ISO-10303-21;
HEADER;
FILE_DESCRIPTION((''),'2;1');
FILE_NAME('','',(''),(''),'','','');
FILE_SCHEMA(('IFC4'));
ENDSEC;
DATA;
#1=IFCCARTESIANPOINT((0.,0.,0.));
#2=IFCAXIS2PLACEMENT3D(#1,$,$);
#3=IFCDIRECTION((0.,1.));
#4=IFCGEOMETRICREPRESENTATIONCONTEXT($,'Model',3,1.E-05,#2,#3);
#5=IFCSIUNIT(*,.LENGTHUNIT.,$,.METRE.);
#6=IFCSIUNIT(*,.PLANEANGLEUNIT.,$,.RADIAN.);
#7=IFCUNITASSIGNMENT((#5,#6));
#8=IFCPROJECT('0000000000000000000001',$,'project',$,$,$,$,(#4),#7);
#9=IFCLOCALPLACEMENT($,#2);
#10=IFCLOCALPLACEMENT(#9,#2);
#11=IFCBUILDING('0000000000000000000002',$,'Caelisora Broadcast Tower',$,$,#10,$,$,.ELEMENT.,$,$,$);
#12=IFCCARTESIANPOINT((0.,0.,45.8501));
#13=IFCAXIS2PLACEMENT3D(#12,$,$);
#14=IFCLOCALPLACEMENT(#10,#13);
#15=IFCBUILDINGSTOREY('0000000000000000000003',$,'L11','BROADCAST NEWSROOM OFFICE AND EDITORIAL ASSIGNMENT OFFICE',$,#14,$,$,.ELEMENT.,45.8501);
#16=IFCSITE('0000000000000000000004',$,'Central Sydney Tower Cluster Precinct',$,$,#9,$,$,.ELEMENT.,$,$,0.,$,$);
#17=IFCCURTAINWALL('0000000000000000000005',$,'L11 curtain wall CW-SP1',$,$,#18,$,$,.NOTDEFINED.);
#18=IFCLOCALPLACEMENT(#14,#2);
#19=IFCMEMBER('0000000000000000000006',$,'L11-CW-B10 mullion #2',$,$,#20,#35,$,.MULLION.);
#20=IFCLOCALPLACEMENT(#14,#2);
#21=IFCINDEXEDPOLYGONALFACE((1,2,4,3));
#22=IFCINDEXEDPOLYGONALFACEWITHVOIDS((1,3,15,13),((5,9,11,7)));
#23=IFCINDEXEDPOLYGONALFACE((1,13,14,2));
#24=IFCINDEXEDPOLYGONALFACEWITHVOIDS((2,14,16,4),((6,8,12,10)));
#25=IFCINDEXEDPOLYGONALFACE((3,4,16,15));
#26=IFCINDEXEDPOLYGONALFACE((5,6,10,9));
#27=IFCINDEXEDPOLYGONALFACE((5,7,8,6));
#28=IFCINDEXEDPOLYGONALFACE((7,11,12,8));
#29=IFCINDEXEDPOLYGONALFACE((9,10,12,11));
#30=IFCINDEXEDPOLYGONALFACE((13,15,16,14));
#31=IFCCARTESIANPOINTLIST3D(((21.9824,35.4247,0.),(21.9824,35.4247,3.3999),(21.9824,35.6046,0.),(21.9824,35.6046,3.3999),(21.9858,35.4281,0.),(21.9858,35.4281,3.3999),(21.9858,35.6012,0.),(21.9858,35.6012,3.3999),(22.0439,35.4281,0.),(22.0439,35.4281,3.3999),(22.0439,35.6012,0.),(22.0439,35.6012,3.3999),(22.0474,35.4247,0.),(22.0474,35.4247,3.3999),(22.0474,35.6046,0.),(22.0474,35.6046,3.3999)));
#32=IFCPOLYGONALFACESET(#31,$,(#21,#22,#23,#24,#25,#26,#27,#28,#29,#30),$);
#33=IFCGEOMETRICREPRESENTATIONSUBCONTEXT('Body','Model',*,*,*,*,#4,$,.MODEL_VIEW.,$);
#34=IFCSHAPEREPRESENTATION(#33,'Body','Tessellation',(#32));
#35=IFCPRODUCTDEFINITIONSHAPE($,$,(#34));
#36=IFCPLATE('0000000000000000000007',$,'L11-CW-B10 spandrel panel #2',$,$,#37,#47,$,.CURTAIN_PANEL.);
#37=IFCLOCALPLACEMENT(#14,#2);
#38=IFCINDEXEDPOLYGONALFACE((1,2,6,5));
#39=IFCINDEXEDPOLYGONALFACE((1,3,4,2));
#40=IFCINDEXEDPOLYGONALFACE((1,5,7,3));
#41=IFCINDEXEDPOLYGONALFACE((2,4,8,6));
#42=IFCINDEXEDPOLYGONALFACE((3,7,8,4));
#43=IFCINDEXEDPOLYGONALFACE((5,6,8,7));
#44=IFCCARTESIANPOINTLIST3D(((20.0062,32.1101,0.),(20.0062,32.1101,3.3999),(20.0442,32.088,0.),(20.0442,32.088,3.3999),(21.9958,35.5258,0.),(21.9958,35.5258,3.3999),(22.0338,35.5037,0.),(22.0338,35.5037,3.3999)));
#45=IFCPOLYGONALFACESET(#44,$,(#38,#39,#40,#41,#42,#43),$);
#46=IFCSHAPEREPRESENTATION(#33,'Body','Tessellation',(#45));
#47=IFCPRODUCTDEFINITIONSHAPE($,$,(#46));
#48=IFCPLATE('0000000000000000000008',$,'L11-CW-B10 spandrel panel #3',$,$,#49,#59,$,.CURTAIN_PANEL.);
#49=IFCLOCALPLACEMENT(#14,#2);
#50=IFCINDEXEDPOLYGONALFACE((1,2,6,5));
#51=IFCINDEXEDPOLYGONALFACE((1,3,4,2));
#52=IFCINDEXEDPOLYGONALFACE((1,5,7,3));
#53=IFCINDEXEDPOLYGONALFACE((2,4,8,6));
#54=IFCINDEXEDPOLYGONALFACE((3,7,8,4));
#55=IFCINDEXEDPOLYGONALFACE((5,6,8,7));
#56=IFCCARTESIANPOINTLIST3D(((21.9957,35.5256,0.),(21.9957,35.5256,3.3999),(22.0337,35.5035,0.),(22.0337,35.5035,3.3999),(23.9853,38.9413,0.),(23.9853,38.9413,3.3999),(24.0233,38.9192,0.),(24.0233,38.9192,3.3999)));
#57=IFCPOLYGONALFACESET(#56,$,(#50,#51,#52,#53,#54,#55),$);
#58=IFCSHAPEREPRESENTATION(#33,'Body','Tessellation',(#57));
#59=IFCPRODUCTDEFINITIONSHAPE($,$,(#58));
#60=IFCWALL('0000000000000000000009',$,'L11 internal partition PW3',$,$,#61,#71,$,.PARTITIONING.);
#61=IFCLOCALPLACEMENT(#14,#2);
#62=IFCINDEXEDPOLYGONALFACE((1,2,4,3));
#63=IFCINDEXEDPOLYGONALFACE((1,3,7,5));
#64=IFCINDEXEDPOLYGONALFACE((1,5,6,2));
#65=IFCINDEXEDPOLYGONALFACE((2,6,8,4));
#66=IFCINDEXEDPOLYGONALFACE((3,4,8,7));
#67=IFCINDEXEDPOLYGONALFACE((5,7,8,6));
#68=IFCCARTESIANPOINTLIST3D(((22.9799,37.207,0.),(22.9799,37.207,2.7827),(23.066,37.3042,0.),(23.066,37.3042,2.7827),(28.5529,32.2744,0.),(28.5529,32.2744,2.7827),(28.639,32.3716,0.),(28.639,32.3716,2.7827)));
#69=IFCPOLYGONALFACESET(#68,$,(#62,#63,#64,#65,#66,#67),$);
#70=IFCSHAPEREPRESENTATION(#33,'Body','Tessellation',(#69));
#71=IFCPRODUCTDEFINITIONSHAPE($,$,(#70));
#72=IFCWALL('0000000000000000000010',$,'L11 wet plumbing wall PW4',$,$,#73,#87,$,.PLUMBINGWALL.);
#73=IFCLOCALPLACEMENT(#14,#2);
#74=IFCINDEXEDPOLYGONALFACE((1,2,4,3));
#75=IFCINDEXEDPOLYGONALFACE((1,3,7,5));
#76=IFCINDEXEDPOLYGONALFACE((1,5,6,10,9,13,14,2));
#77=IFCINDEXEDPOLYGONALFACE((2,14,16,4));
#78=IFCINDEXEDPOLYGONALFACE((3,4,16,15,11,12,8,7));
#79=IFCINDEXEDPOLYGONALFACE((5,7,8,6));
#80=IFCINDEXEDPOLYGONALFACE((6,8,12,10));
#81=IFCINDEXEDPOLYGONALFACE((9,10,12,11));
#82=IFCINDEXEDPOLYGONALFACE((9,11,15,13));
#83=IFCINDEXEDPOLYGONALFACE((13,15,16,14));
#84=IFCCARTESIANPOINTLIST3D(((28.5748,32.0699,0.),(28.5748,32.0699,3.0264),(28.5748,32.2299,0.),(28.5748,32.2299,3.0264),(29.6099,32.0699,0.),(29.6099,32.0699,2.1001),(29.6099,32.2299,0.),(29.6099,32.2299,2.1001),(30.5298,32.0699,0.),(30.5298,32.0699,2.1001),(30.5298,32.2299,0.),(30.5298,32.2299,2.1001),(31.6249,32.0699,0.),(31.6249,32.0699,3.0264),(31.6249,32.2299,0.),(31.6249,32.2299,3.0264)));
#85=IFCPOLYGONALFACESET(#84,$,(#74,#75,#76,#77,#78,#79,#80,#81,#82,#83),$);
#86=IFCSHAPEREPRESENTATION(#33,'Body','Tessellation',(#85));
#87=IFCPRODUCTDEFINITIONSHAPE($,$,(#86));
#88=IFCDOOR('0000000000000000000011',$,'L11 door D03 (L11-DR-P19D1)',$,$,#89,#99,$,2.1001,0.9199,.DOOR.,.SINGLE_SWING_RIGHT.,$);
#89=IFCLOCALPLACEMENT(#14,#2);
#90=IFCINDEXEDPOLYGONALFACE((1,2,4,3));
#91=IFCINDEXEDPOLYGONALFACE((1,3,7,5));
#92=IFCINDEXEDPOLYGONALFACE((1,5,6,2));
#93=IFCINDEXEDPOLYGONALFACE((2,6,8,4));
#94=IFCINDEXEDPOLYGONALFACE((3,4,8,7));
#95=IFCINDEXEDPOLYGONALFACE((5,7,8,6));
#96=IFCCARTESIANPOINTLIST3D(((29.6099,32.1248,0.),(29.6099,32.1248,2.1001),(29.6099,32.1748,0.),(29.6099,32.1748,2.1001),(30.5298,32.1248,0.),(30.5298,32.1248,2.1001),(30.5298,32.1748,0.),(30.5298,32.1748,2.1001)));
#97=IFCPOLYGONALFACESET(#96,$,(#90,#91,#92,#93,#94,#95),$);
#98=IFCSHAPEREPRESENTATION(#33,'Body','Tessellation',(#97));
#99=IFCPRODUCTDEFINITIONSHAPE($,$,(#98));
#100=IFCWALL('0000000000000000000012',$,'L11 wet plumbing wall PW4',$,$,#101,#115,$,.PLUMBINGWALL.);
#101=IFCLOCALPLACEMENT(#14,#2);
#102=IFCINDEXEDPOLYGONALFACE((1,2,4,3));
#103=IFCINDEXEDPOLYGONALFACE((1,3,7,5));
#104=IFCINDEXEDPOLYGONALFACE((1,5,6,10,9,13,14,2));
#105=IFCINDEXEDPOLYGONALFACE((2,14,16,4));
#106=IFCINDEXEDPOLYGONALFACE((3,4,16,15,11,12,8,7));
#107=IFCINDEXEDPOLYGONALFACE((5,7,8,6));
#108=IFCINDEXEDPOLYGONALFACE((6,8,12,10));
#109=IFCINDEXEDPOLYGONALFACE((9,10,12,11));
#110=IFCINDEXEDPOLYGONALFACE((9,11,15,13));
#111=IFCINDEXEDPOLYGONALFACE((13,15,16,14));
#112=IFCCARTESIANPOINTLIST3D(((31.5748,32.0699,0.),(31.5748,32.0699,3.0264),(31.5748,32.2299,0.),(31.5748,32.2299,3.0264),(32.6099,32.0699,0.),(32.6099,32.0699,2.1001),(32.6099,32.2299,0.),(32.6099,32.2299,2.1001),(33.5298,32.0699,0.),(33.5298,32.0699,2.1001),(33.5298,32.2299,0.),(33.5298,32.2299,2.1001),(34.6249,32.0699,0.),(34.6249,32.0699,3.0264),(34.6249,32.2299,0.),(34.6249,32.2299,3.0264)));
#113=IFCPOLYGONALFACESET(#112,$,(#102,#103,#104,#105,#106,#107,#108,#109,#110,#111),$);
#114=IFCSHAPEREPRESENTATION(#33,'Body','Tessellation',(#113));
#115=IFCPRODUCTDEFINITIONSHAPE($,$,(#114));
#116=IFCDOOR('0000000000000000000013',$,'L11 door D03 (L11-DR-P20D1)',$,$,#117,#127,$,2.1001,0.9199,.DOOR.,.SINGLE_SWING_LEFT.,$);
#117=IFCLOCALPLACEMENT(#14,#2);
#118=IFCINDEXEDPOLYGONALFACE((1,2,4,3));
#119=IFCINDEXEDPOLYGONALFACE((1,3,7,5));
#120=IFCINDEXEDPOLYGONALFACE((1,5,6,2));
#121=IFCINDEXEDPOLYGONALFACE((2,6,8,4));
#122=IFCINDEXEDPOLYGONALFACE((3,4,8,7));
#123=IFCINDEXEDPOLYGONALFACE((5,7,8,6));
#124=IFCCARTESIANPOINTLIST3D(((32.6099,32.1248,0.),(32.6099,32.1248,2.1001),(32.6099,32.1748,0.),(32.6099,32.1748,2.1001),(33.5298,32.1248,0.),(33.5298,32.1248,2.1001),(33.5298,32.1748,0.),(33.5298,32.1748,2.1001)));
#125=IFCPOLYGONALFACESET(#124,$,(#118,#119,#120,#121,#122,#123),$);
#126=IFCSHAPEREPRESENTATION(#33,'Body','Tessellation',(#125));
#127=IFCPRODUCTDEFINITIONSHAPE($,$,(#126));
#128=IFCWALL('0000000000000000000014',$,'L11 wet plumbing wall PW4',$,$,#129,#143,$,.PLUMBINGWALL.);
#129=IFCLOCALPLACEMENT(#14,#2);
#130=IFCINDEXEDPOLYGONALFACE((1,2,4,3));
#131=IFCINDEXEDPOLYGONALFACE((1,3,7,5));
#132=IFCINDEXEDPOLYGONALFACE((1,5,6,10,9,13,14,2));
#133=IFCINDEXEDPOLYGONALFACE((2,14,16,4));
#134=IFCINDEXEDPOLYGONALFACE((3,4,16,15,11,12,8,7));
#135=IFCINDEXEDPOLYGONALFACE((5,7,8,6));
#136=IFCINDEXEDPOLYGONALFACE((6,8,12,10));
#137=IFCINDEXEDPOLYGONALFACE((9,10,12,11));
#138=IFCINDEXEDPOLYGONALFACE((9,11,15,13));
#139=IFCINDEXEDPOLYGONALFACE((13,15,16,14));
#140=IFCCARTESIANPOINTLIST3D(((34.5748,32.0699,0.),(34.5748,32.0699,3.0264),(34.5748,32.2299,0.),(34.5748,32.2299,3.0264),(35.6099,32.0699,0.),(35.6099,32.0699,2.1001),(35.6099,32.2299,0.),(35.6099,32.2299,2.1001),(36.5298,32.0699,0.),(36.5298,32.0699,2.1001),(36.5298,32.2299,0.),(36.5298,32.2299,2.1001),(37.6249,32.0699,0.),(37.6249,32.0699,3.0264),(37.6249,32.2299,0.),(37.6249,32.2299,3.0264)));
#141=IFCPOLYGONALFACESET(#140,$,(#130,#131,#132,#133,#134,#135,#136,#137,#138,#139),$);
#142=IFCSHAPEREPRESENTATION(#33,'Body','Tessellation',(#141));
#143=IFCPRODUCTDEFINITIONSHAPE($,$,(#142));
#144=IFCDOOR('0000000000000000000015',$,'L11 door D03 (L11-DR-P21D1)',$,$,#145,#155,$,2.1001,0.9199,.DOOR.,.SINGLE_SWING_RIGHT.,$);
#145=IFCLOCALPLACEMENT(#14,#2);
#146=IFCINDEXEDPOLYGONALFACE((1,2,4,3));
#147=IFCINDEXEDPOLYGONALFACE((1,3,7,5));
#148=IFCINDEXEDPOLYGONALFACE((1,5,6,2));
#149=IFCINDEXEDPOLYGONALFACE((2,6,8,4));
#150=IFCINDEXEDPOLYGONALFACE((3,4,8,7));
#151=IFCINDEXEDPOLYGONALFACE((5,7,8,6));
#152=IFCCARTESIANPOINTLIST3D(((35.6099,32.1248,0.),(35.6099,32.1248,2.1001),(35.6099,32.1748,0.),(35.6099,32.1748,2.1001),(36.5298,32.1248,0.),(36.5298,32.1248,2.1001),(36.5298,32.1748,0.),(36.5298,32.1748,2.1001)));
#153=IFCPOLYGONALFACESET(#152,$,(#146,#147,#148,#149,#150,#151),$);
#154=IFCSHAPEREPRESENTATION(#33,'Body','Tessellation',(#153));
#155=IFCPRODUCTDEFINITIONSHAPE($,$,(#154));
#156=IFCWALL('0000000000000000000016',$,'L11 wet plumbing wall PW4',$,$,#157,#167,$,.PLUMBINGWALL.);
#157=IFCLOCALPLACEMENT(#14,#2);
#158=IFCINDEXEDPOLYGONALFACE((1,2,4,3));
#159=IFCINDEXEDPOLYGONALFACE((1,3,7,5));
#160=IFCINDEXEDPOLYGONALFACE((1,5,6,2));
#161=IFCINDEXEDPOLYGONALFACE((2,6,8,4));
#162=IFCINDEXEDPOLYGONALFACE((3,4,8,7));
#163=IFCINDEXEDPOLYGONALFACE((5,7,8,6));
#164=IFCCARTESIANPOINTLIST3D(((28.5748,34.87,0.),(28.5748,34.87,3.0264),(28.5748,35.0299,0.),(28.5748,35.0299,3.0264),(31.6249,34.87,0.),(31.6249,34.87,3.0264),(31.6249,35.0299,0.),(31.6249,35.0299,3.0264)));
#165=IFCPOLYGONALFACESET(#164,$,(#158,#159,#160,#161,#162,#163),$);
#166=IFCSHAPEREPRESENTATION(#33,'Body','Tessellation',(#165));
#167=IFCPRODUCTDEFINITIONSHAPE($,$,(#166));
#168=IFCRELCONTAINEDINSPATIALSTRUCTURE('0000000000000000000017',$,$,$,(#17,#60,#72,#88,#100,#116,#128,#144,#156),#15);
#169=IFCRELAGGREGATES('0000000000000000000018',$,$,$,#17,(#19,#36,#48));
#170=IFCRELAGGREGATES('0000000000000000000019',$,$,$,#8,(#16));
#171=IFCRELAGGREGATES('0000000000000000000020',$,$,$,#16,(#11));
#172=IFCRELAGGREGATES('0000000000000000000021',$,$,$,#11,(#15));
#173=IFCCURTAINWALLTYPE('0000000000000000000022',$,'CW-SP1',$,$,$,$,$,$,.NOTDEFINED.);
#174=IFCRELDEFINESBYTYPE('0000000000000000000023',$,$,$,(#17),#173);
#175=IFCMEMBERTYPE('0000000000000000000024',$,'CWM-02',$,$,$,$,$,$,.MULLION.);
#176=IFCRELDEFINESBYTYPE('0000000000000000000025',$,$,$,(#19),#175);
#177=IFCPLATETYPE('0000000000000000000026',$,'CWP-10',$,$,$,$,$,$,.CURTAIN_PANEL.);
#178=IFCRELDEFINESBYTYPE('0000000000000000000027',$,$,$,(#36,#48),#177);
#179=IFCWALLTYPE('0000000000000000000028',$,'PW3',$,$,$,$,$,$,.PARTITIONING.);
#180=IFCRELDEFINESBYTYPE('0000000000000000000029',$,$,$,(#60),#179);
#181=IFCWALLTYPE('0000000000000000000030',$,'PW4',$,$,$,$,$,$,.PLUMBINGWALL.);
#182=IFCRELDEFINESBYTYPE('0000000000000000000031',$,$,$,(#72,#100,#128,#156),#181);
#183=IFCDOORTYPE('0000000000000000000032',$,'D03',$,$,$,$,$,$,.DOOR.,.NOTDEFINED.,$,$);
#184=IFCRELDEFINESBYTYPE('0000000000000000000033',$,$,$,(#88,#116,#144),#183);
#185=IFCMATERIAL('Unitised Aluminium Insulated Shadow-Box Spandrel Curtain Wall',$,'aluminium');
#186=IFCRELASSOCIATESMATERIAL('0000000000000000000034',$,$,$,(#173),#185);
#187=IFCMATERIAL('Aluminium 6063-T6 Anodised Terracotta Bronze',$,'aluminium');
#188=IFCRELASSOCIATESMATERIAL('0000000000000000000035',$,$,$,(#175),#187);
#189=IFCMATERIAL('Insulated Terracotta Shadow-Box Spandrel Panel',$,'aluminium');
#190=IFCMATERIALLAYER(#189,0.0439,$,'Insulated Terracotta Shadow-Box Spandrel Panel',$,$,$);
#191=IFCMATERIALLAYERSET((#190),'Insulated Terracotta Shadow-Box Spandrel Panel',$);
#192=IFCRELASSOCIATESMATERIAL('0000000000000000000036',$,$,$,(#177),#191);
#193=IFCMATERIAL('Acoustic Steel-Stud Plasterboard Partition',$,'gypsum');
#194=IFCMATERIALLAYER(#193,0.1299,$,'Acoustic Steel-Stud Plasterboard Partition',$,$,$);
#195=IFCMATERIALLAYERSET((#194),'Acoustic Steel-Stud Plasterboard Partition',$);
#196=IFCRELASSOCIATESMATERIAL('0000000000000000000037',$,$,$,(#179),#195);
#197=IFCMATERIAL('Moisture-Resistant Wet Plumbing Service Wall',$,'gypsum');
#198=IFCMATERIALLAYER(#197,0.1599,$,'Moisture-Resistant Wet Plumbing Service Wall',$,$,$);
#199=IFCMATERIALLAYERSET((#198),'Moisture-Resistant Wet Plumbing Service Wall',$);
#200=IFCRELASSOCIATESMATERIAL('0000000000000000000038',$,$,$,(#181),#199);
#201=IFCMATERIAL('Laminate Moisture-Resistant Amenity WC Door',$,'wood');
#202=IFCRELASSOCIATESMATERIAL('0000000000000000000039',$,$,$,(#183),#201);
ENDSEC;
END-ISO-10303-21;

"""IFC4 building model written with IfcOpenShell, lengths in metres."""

from ifc_helpers import new_model, si_unit, direction, frame, frame_2d, origin, origin_2d, place, context, subcontext, project, spatial, rectangle, hollow_rectangle, extrude, source, transform, mapped, material, layer, layer_set, material_profile, profile_set, type_object, type_shapes, element, fill, aggregate, save


model = new_model("IFC4")

# Units and contexts
model_context = context("Model", 3, precision=1e-05, world=origin(), true_north=direction((0.0, 1.0)))
body_context = subcontext(model_context, "Body", "Model", "MODEL_VIEW")
ifc_project = project(units=[si_unit("LENGTHUNIT", "METRE"), si_unit("PLANEANGLEUNIT", "RADIAN")], contexts=[model_context])

# Site, building, storey
site_placement = place(None, origin())
site = spatial("IfcSite", under=ifc_project, at=site_placement, Name="Central Sydney Tower Cluster Precinct", CompositionType="ELEMENT", RefElevation=0.0)
building_placement = place(site_placement, origin())
building = spatial("IfcBuilding", under=site, at=building_placement, Name="Caelisora Broadcast Tower", CompositionType="ELEMENT")
storey_placement = place(building_placement, frame((0.0, 0.0, 45.8501)))
storey = spatial("IfcBuildingStorey", under=building, at=storey_placement, Name="L11", Description="BROADCAST NEWSROOM OFFICE AND EDITORIAL ASSIGNMENT OFFICE", CompositionType="ELEMENT", Elevation=45.8501)

# Curtain wall, member, plates
ifc_material_1 = material(Name="Unitised Aluminium Insulated Shadow-Box Spandrel Curtain Wall", Category="aluminium")
curtain_wall_type = type_object("IfcCurtainWallType", Name="CW-SP1", PredefinedType="NOTDEFINED", material=ifc_material_1)
curtain_wall_placement = place(storey_placement, origin())
curtain_wall = element("IfcCurtainWall", 1, at=curtain_wall_placement, inside=storey, type_object=curtain_wall_type, Name="L11 curtain wall CW-SP1", PredefinedType="NOTDEFINED")
ifc_material_2 = material(Name="Aluminium 6063-T6 Anodised Terracotta Bronze", Category="aluminium")
ifc_material_profile_1 = material_profile(ifc_material_2, hollow_rectangle(XDim=0.0649, YDim=0.1799, WallThickness=0.0034, at=origin_2d()), Name="Aluminium 6063-T6 Anodised Terracotta Bronze")
ifc_profile_set_1 = profile_set([ifc_material_profile_1], Name="Aluminium 6063-T6 Anodised Terracotta Bronze")
member_type_1 = type_object("IfcMemberType", Name="CWM-02", PredefinedType="MULLION", material=ifc_profile_set_1)
shared_shape_1 = source(origin(), body_context, "Body", "SweptSolid", [
    extrude(hollow_rectangle(XDim=0.0649, YDim=0.1799, WallThickness=0.0034, at=origin_2d()), origin(), (0.0, 0.0, 1.0), 3.3999),
])
type_shapes(member_type_1, [shared_shape_1])
member_1_placement = place(storey_placement, frame((22.0149, 35.5146, 0.0), z_axis=(0.0, 0.0, 1.0), x_axis=(1.0, 0.0, 0.0)))
member_1 = element("IfcMember", 2, at=member_1_placement, type_object=member_type_1, Name="L11-CW-B10 mullion #2", PredefinedType="MULLION", context=body_context, shape_type="MappedRepresentation", body=[
    mapped(shared_shape_1, transform((0.0, 0.0, 0.0), scale=1.0)),
])
ifc_material_3 = material(Name="Insulated Terracotta Shadow-Box Spandrel Panel", Category="aluminium")
ifc_layer_1 = layer(ifc_material_3, 0.0439, Name="Insulated Terracotta Shadow-Box Spandrel Panel")
ifc_layer_set_1 = layer_set([ifc_layer_1], Name="Insulated Terracotta Shadow-Box Spandrel Panel")
plate_type = type_object("IfcPlateType", Name="CWP-10", PredefinedType="CURTAIN_PANEL", material=ifc_layer_set_1)
shared_shape_2 = source(origin(), body_context, "Body", "SweptSolid", [
    extrude(rectangle(XDim=3.9529, YDim=0.0439, at=origin_2d()), origin(), (0.0, 0.0, 1.0), 3.3999),
])
type_shapes(plate_type, [shared_shape_2])
plate_1_placement = place(storey_placement, frame((21.02, 33.8069, 0.0), z_axis=(0.0, 0.0, 1.0), x_axis=(0.503322, 0.864099, 0.0)))
plate_1 = element("IfcPlate", 3, at=plate_1_placement, type_object=plate_type, Name="L11-CW-B10 spandrel panel #2", PredefinedType="CURTAIN_PANEL", context=body_context, shape_type="MappedRepresentation", body=[
    mapped(shared_shape_2, transform((0.0, 0.0, 0.0), scale=1.0)),
])
plate_2_placement = place(storey_placement, frame((23.0095, 37.2224, 0.0), z_axis=(0.0, 0.0, 1.0), x_axis=(0.503322, 0.864099, 0.0)))
plate_2 = element("IfcPlate", 4, at=plate_2_placement, type_object=plate_type, Name="L11-CW-B10 spandrel panel #3", PredefinedType="CURTAIN_PANEL", context=body_context, shape_type="MappedRepresentation", body=[
    mapped(shared_shape_2, transform((0.0, 0.0, 0.0), scale=1.0)),
])
aggregate(curtain_wall, [member_1, plate_1, plate_2])

# Wall
ifc_material_4 = material(Name="Acoustic Steel-Stud Plasterboard Partition", Category="gypsum")
ifc_layer_2 = layer(ifc_material_4, 0.1299, Name="Acoustic Steel-Stud Plasterboard Partition")
ifc_layer_set_2 = layer_set([ifc_layer_2], Name="Acoustic Steel-Stud Plasterboard Partition")
wall_type_1 = type_object("IfcWallType", Name="PW3", PredefinedType="PARTITIONING", material=ifc_layer_set_2)
wall_1_placement = place(storey_placement, frame((23.0229, 37.2556, 0.0), z_axis=(0.0, 0.0, 1.0), x_axis=(0.748819, -0.662774, 0.0)))
element("IfcWall", 5, at=wall_1_placement, inside=storey, type_object=wall_type_1, Name="L11 internal partition PW3", PredefinedType="PARTITIONING", context=body_context, shape_type="SweptSolid", body=[
    extrude(rectangle(XDim=7.4424, YDim=0.1299, at=frame_2d((3.7212, 0.0))), origin(), (0.0, 0.0, 1.0), 2.7827),
])

# Walls, openings, doors
ifc_material_5 = material(Name="Moisture-Resistant Wet Plumbing Service Wall", Category="gypsum")
ifc_layer_3 = layer(ifc_material_5, 0.1599, Name="Moisture-Resistant Wet Plumbing Service Wall")
ifc_layer_set_3 = layer_set([ifc_layer_3], Name="Moisture-Resistant Wet Plumbing Service Wall")
wall_type_2 = type_object("IfcWallType", Name="PW4", PredefinedType="PLUMBINGWALL", material=ifc_layer_set_3)
wall_2_placement = place(storey_placement, frame((28.575, 32.1499, 0.0), z_axis=(0.0, 0.0, 1.0), x_axis=(1.0, 0.0, 0.0)))
wall_2 = element("IfcWall", 6, at=wall_2_placement, inside=storey, type_object=wall_type_2, Name="L11 wet plumbing wall PW4", PredefinedType="PLUMBINGWALL", context=body_context, shape_type="SweptSolid", body=[
    extrude(rectangle(XDim=3.05, YDim=0.1599, at=frame_2d((1.5249, 0.0))), origin(), (0.0, 0.0, 1.0), 3.0264),
])
opening_1_placement = place(wall_2_placement, frame((1.0349, 0.0, 0.0)))
opening_1 = element("IfcOpeningElement", 7, at=opening_1_placement, cuts=wall_2, PredefinedType="OPENING", context=body_context, shape_type="SweptSolid", body=[
    extrude(rectangle(XDim=0.9199, YDim=2.1001, at=frame_2d((0.46, 1.05))), frame((0.0, 0.092, 0.0), z_axis=(0.0, -1.0, 0.0), x_axis=(1.0, 0.0, 0.0)), (0.0, 0.0, 1.0), 0.1838),
])
ifc_material_6 = material(Name="Laminate Moisture-Resistant Amenity WC Door", Category="wood")
door_type = type_object("IfcDoorType", Name="D03", OperationType="NOTDEFINED", PredefinedType="DOOR", material=ifc_material_6)
door_1_placement = place(opening_1_placement, origin())
door_1 = element("IfcDoor", 8, at=door_1_placement, inside=storey, type_object=door_type, Name="L11 door D03 (L11-DR-P19D1)", OperationType="SINGLE_SWING_RIGHT", OverallHeight=2.1001, OverallWidth=0.9199, PredefinedType="DOOR", context=body_context, shape_type="SweptSolid", body=[
    extrude(rectangle(XDim=0.9199, YDim=2.1001, at=frame_2d((0.46, 1.05))), frame((0.0, 0.0249, 0.0), z_axis=(0.0, -1.0, 0.0), x_axis=(1.0, 0.0, 0.0)), (0.0, 0.0, 1.0), 0.05),
])
fill(opening_1, door_1)
wall_3_placement = place(storey_placement, frame((31.575, 32.1499, 0.0), z_axis=(0.0, 0.0, 1.0), x_axis=(1.0, 0.0, 0.0)))
wall_3 = element("IfcWall", 9, at=wall_3_placement, inside=storey, type_object=wall_type_2, Name="L11 wet plumbing wall PW4", PredefinedType="PLUMBINGWALL", context=body_context, shape_type="SweptSolid", body=[
    extrude(rectangle(XDim=3.05, YDim=0.1599, at=frame_2d((1.5249, 0.0))), origin(), (0.0, 0.0, 1.0), 3.0264),
])
opening_2_placement = place(wall_3_placement, frame((1.0349, 0.0, 0.0)))
opening_2 = element("IfcOpeningElement", 10, at=opening_2_placement, cuts=wall_3, PredefinedType="OPENING", context=body_context, shape_type="SweptSolid", body=[
    extrude(rectangle(XDim=0.9199, YDim=2.1001, at=frame_2d((0.46, 1.05))), frame((0.0, 0.092, 0.0), z_axis=(0.0, -1.0, 0.0), x_axis=(1.0, 0.0, 0.0)), (0.0, 0.0, 1.0), 0.1838),
])
door_2_placement = place(opening_2_placement, origin())
door_2 = element("IfcDoor", 11, at=door_2_placement, inside=storey, type_object=door_type, Name="L11 door D03 (L11-DR-P20D1)", OperationType="SINGLE_SWING_LEFT", OverallHeight=2.1001, OverallWidth=0.9199, PredefinedType="DOOR", context=body_context, shape_type="SweptSolid", body=[
    extrude(rectangle(XDim=0.9199, YDim=2.1001, at=frame_2d((0.46, 1.05))), frame((0.0, 0.0249, 0.0), z_axis=(0.0, -1.0, 0.0), x_axis=(1.0, 0.0, 0.0)), (0.0, 0.0, 1.0), 0.05),
])
fill(opening_2, door_2)
wall_4_placement = place(storey_placement, frame((34.575, 32.1499, 0.0), z_axis=(0.0, 0.0, 1.0), x_axis=(1.0, 0.0, 0.0)))
wall_4 = element("IfcWall", 12, at=wall_4_placement, inside=storey, type_object=wall_type_2, Name="L11 wet plumbing wall PW4", PredefinedType="PLUMBINGWALL", context=body_context, shape_type="SweptSolid", body=[
    extrude(rectangle(XDim=3.05, YDim=0.1599, at=frame_2d((1.5249, 0.0))), origin(), (0.0, 0.0, 1.0), 3.0264),
])
opening_3_placement = place(wall_4_placement, frame((1.0349, 0.0, 0.0)))
opening_3 = element("IfcOpeningElement", 13, at=opening_3_placement, cuts=wall_4, PredefinedType="OPENING", context=body_context, shape_type="SweptSolid", body=[
    extrude(rectangle(XDim=0.9199, YDim=2.1001, at=frame_2d((0.46, 1.05))), frame((0.0, 0.092, 0.0), z_axis=(0.0, -1.0, 0.0), x_axis=(1.0, 0.0, 0.0)), (0.0, 0.0, 1.0), 0.1838),
])
door_3_placement = place(opening_3_placement, origin())
door_3 = element("IfcDoor", 14, at=door_3_placement, inside=storey, type_object=door_type, Name="L11 door D03 (L11-DR-P21D1)", OperationType="SINGLE_SWING_RIGHT", OverallHeight=2.1001, OverallWidth=0.9199, PredefinedType="DOOR", context=body_context, shape_type="SweptSolid", body=[
    extrude(rectangle(XDim=0.9199, YDim=2.1001, at=frame_2d((0.46, 1.05))), frame((0.0, 0.0249, 0.0), z_axis=(0.0, -1.0, 0.0), x_axis=(1.0, 0.0, 0.0)), (0.0, 0.0, 1.0), 0.05),
])
fill(opening_3, door_3)

# Wall
wall_5_placement = place(storey_placement, frame((28.575, 34.95, 0.0), z_axis=(0.0, 0.0, 1.0), x_axis=(1.0, 0.0, 0.0)))
element("IfcWall", 15, at=wall_5_placement, inside=storey, type_object=wall_type_2, Name="L11 wet plumbing wall PW4", PredefinedType="PLUMBINGWALL", context=body_context, shape_type="SweptSolid", body=[
    extrude(rectangle(XDim=3.05, YDim=0.1599, at=frame_2d((1.5249, 0.0))), origin(), (0.0, 0.0, 1.0), 3.0264),
])

save(model, "model.ifc")
